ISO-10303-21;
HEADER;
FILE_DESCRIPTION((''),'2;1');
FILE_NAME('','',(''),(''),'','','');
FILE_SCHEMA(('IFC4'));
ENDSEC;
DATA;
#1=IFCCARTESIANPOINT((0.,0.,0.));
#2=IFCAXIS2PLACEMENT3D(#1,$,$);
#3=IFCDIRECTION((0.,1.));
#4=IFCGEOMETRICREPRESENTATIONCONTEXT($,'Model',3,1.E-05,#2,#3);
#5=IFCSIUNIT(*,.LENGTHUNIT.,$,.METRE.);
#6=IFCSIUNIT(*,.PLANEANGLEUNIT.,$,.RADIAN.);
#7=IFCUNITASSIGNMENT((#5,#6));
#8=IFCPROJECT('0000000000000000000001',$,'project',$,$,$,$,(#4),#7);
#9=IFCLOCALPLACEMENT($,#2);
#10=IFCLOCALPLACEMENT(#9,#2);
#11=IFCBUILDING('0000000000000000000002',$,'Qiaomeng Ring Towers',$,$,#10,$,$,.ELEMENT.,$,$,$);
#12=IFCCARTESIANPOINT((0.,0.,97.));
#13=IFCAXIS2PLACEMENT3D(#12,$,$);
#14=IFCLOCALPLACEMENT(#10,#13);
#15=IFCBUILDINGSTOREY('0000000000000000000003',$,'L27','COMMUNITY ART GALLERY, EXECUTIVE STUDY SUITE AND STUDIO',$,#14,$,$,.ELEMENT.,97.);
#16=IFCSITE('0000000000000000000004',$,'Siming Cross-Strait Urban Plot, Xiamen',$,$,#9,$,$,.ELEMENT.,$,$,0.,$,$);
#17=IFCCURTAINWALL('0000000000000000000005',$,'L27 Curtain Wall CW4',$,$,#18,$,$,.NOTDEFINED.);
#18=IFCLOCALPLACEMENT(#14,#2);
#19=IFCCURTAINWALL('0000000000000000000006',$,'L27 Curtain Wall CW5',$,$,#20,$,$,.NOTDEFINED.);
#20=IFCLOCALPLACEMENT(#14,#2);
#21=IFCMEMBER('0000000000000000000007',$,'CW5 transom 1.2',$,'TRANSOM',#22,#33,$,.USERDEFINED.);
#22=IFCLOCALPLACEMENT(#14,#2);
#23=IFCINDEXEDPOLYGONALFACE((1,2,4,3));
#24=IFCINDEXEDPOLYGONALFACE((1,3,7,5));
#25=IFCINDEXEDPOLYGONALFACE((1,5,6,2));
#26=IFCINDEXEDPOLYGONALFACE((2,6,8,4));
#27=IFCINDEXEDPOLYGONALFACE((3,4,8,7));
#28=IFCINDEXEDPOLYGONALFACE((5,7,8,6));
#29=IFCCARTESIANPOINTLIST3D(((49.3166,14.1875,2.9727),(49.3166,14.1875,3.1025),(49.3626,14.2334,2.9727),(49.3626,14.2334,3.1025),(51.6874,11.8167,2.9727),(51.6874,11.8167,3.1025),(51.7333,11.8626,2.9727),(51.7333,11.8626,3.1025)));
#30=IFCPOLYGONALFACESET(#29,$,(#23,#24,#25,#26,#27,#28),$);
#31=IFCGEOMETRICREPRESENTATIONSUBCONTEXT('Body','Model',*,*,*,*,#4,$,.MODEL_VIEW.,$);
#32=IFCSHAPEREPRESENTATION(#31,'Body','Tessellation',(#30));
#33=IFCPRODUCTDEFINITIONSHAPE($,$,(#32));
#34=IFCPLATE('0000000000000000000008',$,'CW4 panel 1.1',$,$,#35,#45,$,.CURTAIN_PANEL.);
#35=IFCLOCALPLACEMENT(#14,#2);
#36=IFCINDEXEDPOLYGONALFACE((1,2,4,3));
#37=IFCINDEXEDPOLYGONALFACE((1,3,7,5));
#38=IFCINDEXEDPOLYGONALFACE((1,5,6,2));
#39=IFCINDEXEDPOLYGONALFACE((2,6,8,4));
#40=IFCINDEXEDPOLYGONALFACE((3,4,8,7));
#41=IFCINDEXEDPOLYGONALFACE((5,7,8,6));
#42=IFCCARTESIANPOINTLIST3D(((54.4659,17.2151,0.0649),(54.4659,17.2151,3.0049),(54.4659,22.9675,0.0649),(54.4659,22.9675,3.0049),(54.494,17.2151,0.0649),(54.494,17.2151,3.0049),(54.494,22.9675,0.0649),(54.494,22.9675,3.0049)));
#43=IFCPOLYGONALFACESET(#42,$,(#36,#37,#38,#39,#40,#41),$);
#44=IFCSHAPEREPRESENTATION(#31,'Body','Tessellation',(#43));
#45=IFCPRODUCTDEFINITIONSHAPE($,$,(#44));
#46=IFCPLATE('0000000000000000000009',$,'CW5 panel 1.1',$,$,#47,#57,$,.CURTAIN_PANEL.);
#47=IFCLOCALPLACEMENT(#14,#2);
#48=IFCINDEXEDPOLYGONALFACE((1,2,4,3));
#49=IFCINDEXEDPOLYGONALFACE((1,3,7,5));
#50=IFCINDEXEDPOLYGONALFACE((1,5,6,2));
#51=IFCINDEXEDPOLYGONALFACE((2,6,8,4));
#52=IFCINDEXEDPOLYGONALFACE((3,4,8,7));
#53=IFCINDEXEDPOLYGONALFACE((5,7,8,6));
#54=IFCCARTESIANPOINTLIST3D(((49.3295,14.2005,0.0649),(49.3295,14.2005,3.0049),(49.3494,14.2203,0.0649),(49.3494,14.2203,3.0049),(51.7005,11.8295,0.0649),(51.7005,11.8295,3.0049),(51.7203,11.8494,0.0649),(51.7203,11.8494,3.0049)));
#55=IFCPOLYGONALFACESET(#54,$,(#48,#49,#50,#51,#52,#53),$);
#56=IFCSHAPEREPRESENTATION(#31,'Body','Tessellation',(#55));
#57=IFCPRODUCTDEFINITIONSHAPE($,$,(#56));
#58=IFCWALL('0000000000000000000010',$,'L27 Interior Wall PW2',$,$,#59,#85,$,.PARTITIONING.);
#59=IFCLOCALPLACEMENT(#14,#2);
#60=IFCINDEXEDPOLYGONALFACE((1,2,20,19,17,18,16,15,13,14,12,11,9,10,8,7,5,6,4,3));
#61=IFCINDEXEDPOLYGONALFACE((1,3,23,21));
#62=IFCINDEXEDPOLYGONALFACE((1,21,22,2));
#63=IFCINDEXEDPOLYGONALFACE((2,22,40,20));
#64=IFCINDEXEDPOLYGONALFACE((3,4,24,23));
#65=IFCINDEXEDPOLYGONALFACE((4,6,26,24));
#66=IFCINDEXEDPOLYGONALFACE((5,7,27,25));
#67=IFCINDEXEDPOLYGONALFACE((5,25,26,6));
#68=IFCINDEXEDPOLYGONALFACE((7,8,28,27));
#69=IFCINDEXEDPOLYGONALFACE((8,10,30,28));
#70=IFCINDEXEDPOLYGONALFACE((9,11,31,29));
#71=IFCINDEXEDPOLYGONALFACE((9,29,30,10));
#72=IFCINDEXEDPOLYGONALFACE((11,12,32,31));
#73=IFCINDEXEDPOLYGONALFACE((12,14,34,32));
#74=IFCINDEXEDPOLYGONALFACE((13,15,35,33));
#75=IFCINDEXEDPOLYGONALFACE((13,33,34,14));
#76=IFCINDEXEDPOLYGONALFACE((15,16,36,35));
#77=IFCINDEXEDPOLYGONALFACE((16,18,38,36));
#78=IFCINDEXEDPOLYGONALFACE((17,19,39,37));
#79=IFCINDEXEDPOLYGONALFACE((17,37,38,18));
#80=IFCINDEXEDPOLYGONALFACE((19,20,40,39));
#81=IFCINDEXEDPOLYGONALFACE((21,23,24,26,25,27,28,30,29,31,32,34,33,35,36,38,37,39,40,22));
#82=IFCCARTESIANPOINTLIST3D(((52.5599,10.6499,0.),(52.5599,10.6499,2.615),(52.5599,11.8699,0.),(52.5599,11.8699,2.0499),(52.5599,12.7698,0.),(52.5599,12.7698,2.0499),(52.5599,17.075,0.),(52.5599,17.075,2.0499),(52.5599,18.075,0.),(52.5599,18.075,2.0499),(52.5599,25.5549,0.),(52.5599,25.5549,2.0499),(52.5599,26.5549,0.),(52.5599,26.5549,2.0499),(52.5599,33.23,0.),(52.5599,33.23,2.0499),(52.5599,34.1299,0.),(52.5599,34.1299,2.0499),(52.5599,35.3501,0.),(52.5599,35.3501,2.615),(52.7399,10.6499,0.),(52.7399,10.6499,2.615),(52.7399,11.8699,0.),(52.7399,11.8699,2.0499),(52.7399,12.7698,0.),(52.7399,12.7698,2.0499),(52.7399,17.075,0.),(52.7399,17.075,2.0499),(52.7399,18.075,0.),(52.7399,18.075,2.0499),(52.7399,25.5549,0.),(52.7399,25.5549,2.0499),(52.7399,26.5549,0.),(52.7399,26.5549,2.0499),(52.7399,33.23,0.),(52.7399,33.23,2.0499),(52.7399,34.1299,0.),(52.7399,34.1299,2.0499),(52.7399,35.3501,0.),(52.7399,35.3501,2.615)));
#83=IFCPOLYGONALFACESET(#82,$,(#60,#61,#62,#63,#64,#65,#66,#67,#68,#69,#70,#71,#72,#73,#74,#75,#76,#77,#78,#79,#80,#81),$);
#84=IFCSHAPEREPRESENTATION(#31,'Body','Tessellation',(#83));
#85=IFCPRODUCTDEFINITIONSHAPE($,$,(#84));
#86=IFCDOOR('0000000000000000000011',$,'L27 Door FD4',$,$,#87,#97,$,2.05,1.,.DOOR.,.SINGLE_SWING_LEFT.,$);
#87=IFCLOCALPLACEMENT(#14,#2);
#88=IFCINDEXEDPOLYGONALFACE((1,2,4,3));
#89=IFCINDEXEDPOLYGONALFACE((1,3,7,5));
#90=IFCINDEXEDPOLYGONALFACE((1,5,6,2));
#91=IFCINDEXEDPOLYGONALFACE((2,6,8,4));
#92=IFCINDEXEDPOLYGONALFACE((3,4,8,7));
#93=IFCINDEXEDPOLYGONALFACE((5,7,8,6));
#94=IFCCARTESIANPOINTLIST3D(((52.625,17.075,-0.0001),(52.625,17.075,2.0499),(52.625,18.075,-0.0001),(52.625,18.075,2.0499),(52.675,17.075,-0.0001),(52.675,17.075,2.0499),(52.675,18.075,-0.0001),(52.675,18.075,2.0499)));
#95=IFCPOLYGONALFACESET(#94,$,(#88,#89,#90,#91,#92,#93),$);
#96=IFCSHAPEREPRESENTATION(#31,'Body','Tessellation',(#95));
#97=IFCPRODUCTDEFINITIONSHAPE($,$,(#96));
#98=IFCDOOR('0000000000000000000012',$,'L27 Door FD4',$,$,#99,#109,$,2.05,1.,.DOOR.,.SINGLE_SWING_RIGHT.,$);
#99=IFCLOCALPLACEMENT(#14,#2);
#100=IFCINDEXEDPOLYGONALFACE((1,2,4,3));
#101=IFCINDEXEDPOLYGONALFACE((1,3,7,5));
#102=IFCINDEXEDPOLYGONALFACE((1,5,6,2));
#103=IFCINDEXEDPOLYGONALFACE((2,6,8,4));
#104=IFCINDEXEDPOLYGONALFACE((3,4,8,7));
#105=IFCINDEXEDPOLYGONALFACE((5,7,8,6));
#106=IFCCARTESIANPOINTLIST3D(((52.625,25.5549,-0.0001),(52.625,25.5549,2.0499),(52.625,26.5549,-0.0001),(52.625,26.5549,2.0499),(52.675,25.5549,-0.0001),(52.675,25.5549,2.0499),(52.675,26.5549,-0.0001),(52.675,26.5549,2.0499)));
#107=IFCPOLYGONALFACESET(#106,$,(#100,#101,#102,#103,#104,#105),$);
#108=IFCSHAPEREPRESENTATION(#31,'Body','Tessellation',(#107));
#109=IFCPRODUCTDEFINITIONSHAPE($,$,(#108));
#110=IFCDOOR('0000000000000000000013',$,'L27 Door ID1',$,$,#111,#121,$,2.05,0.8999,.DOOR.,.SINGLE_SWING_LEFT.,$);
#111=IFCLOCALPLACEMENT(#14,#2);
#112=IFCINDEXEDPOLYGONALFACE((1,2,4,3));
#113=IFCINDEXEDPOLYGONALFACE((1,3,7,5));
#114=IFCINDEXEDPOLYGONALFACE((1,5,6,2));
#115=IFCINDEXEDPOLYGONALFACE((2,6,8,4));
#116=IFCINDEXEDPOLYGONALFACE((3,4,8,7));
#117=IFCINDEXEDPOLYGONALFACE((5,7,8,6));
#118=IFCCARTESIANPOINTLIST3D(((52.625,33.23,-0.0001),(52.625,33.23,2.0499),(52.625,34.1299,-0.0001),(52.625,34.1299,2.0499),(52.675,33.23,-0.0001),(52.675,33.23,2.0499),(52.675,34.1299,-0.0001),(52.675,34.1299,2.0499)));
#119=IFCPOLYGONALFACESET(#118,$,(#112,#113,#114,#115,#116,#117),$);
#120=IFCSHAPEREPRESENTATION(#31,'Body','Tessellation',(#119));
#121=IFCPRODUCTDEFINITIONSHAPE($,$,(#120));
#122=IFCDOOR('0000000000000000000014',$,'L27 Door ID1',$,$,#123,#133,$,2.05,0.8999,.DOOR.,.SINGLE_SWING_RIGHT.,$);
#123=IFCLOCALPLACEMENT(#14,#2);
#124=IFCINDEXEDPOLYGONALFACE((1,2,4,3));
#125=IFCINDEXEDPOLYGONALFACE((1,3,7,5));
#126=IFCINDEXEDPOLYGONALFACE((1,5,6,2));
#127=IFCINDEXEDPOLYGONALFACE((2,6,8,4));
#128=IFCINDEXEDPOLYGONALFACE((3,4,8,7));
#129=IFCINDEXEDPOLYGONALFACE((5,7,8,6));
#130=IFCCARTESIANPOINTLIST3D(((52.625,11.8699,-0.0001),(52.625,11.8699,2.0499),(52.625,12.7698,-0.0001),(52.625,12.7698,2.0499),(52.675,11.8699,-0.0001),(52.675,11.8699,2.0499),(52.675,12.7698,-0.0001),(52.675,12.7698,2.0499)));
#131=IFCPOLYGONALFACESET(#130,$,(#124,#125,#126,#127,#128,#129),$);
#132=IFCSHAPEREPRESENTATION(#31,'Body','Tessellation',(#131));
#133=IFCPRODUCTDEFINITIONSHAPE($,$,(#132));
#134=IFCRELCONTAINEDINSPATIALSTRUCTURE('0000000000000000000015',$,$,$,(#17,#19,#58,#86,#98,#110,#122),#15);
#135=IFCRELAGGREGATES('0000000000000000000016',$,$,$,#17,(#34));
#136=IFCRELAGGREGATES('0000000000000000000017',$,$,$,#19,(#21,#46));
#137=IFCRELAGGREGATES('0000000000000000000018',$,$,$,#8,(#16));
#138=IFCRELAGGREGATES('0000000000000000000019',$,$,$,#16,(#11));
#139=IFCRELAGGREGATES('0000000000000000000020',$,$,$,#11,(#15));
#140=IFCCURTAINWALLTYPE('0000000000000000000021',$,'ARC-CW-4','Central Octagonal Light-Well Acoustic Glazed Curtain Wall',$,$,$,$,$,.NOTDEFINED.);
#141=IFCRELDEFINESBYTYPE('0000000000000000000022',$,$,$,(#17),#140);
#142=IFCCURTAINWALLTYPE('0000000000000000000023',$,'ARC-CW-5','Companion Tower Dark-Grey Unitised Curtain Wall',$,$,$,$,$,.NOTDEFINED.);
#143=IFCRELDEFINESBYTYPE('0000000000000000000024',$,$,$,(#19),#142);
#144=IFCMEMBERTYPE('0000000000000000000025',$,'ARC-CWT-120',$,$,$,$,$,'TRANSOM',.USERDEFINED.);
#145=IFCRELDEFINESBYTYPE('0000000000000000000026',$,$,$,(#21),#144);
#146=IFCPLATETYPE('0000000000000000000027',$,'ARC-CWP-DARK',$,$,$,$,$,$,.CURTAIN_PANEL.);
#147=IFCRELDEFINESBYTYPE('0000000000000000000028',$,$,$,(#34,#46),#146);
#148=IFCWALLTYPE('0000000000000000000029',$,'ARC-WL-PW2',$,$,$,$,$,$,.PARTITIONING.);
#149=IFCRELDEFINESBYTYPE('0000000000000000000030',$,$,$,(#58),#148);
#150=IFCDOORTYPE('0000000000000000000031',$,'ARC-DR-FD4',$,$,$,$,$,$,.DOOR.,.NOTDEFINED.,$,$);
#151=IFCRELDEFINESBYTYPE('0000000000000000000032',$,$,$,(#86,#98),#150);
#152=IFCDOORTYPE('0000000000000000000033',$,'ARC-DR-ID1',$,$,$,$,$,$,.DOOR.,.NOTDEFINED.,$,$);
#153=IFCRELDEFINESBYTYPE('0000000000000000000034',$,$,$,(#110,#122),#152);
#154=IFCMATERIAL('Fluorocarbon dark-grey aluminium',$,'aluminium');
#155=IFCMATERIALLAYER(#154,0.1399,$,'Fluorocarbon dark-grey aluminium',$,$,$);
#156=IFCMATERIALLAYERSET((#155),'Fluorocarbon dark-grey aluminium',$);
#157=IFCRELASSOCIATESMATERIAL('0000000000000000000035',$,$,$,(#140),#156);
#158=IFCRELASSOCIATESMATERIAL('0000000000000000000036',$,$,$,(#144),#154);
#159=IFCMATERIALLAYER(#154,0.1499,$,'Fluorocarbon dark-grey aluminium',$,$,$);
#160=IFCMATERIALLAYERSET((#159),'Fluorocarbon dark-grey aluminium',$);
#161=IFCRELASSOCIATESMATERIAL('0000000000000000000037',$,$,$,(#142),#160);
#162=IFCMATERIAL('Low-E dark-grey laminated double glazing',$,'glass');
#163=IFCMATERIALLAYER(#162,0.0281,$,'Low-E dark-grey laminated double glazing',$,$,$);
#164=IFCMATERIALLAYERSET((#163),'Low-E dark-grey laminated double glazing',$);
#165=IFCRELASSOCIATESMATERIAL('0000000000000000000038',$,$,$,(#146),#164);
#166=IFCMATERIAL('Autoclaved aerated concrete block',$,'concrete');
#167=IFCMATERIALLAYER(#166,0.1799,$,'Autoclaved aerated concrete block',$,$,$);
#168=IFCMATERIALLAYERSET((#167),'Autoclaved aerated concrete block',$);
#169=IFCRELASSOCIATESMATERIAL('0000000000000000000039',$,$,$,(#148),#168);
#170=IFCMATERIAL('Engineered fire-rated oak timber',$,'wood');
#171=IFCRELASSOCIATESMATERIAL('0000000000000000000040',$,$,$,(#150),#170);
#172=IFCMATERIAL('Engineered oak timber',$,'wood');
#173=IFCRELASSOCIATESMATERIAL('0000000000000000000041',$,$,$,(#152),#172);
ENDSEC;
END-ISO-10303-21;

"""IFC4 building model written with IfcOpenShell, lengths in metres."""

from ifc_helpers import new_model, si_unit, direction, frame, frame_2d, origin, origin_2d, place, context, subcontext, project, spatial, rectangle, extrude, source, transform, mapped, material, layer, layer_set, material_profile, profile_set, type_object, element, fill, aggregate, save


model = new_model("IFC4")

# Units and contexts
model_context = context("Model", 3, precision=1e-05, world=origin(), true_north=direction((0.0, 1.0)))
body_context = subcontext(model_context, "Body", "Model", "MODEL_VIEW")
ifc_project = project(units=[si_unit("LENGTHUNIT", "METRE"), si_unit("PLANEANGLEUNIT", "RADIAN")], contexts=[model_context])

# Site, building, storey
site_placement = place(None, origin())
site = spatial("IfcSite", under=ifc_project, at=site_placement, Name="Siming Cross-Strait Urban Plot, Xiamen", CompositionType="ELEMENT", RefElevation=0.0)
building_placement = place(site_placement, origin())
building = spatial("IfcBuilding", under=site, at=building_placement, Name="Qiaomeng Ring Towers", CompositionType="ELEMENT")
storey_placement = place(building_placement, frame((0.0, 0.0, 97.0)))
storey = spatial("IfcBuildingStorey", under=building, at=storey_placement, Name="L27", Description="COMMUNITY ART GALLERY, EXECUTIVE STUDY SUITE AND STUDIO", CompositionType="ELEMENT", Elevation=97.0)

# Curtain walls
ifc_material_1 = material(Name="Fluorocarbon dark-grey aluminium", Category="aluminium")
ifc_layer_1 = layer(ifc_material_1, 0.1399, Name="Fluorocarbon dark-grey aluminium")
ifc_layer_set_1 = layer_set([ifc_layer_1], Name="Fluorocarbon dark-grey aluminium")
curtain_wall_type_1 = type_object("IfcCurtainWallType", Name="ARC-CW-4", Description="Central Octagonal Light-Well Acoustic Glazed Curtain Wall", PredefinedType="NOTDEFINED", material=ifc_layer_set_1)
curtain_wall_1_placement = place(storey_placement, origin())
curtain_wall_1 = element("IfcCurtainWall", 1, at=curtain_wall_1_placement, inside=storey, type_object=curtain_wall_type_1, Name="L27 Curtain Wall CW4", PredefinedType="NOTDEFINED")
ifc_material_profile_1 = material_profile(ifc_material_1, rectangle(XDim=0.0649, YDim=0.1299, at=origin_2d()), Name="ALU TRAN 65x130")
ifc_profile_set_1 = profile_set([ifc_material_profile_1], Name="Fluorocarbon dark-grey aluminium")
member_type_1 = type_object("IfcMemberType", Name="ARC-CWT-120", ElementType="TRANSOM", PredefinedType="USERDEFINED", material=ifc_profile_set_1)
ifc_layer_2 = layer(ifc_material_1, 0.1499, Name="Fluorocarbon dark-grey aluminium")
ifc_layer_set_2 = layer_set([ifc_layer_2], Name="Fluorocarbon dark-grey aluminium")
curtain_wall_type_2 = type_object("IfcCurtainWallType", Name="ARC-CW-5", Description="Companion Tower Dark-Grey Unitised Curtain Wall", PredefinedType="NOTDEFINED", material=ifc_layer_set_2)
curtain_wall_2_placement = place(storey_placement, origin())
curtain_wall_2 = element("IfcCurtainWall", 2, at=curtain_wall_2_placement, inside=storey, type_object=curtain_wall_type_2, Name="L27 Curtain Wall CW5", PredefinedType="NOTDEFINED")

# Member
shared_shape_1 = source(origin(), body_context, "Body", "SweptSolid", [
    extrude(rectangle(XDim=0.0649, YDim=0.1299, at=origin_2d()), origin(), (0.0, 0.0, 1.0), 3.3528),
])
member_1_placement = place(storey_placement, frame((49.3396, 14.2104, 3.0376), z_axis=(0.707107, -0.707107, 0.0), x_axis=(0.707107, 0.707107, 0.0)))
member_1 = element("IfcMember", 3, at=member_1_placement, type_object=member_type_1, Name="CW5 transom 1.2", ObjectType="TRANSOM", PredefinedType="USERDEFINED", context=body_context, shape_type="MappedRepresentation", body=[
    mapped(shared_shape_1, transform((0.0, 0.0, 0.0), x_axis=(1.0, 0.0, 0.0), y_axis=(0.0, 1.0, 0.0), z_axis=(0.0, 0.0, 1.0), scale=1.0)),
])

# Plates
ifc_material_2 = material(Name="Low-E dark-grey laminated double glazing", Category="glass")
ifc_layer_3 = layer(ifc_material_2, 0.0281, Name="Low-E dark-grey laminated double glazing")
ifc_layer_set_3 = layer_set([ifc_layer_3], Name="Low-E dark-grey laminated double glazing")
plate_type = type_object("IfcPlateType", Name="ARC-CWP-DARK", PredefinedType="CURTAIN_PANEL", material=ifc_layer_set_3)
shared_shape_2 = source(origin(), body_context, "Body", "SweptSolid", [
    extrude(rectangle(XDim=5.7524, YDim=0.0281, at=origin_2d()), origin(), (0.0, 0.0, 1.0), 2.9399),
])
plate_1_placement = place(storey_placement, frame((54.48, 20.0913, 0.0649), z_axis=(0.0, 0.0, 1.0), x_axis=(0.0, 1.0, 0.0)))
plate_1 = element("IfcPlate", 4, at=plate_1_placement, type_object=plate_type, Name="CW4 panel 1.1", PredefinedType="CURTAIN_PANEL", context=body_context, shape_type="MappedRepresentation", body=[
    mapped(shared_shape_2, transform((0.0, 0.0, 0.0), x_axis=(1.0, 0.0, 0.0), y_axis=(0.0, 1.0, 0.0), z_axis=(0.0, 0.0, 1.0), scale=1.0)),
])
aggregate(curtain_wall_1, [plate_1])
shared_shape_3 = source(origin(), body_context, "Body", "SweptSolid", [
    extrude(rectangle(XDim=3.353, YDim=0.0281, at=origin_2d()), origin(), (0.0, 0.0, 1.0), 2.9399),
])
plate_2_placement = place(storey_placement, frame((50.5249, 13.0249, 0.0649), z_axis=(0.0, 0.0, 1.0), x_axis=(0.707107, -0.707107, 0.0)))
plate_2 = element("IfcPlate", 5, at=plate_2_placement, type_object=plate_type, Name="CW5 panel 1.1", PredefinedType="CURTAIN_PANEL", context=body_context, shape_type="MappedRepresentation", body=[
    mapped(shared_shape_3, transform((0.0, 0.0, 0.0), x_axis=(1.0, 0.0, 0.0), y_axis=(0.0, 1.0, 0.0), z_axis=(0.0, 0.0, 1.0), scale=1.0)),
])
aggregate(curtain_wall_2, [member_1, plate_2])

# Wall, openings, doors
ifc_material_3 = material(Name="Autoclaved aerated concrete block", Category="concrete")
ifc_layer_4 = layer(ifc_material_3, 0.1799, Name="Autoclaved aerated concrete block")
ifc_layer_set_4 = layer_set([ifc_layer_4], Name="Autoclaved aerated concrete block")
wall_type_1 = type_object("IfcWallType", Name="ARC-WL-PW2", PredefinedType="PARTITIONING", material=ifc_layer_set_4)
wall_1_placement = place(storey_placement, frame((52.6499, 10.6499, 0.0), z_axis=(0.0, 0.0, 1.0), x_axis=(0.0, 1.0, 0.0)))
wall_1 = element("IfcWall", 6, at=wall_1_placement, inside=storey, type_object=wall_type_1, Name="L27 Interior Wall PW2", PredefinedType="PARTITIONING", context=body_context, shape_type="SweptSolid", body=[
    extrude(rectangle(XDim=24.7002, YDim=0.1799, at=frame_2d((12.3501, 0.0))), origin(), (0.0, 0.0, 1.0), 2.615),
])
opening_1_placement = place(wall_1_placement, frame((22.5801, 0.0, 0.0)))
opening_1 = element("IfcOpeningElement", 7, at=opening_1_placement, cuts=wall_1, PredefinedType="OPENING", context=body_context, shape_type="SweptSolid", body=[
    extrude(rectangle(XDim=0.8999, YDim=2.05, at=frame_2d((0.45, 1.0249))), frame((0.0, 0.0999, 0.0), z_axis=(0.0, -1.0, 0.0), x_axis=(1.0, 0.0, 0.0)), (0.0, 0.0, 1.0), 0.2),
])
opening_2_placement = place(wall_1_placement, frame((1.22, 0.0, 0.0)))
opening_2 = element("IfcOpeningElement", 8, at=opening_2_placement, cuts=wall_1, PredefinedType="OPENING", context=body_context, shape_type="SweptSolid", body=[
    extrude(rectangle(XDim=0.8999, YDim=2.05, at=frame_2d((0.45, 1.0249))), frame((0.0, 0.0999, 0.0), z_axis=(0.0, -1.0, 0.0), x_axis=(1.0, 0.0, 0.0)), (0.0, 0.0, 1.0), 0.2),
])
opening_3_placement = place(wall_1_placement, frame((6.425, 0.0, 0.0)))
opening_3 = element("IfcOpeningElement", 9, at=opening_3_placement, cuts=wall_1, PredefinedType="OPENING", context=body_context, shape_type="SweptSolid", body=[
    extrude(rectangle(XDim=1.0, YDim=2.05, at=frame_2d((0.5, 1.0249))), frame((0.0, 0.0999, 0.0), z_axis=(0.0, -1.0, 0.0), x_axis=(1.0, 0.0, 0.0)), (0.0, 0.0, 1.0), 0.2),
])
opening_4_placement = place(wall_1_placement, frame((14.905, 0.0, 0.0)))
opening_4 = element("IfcOpeningElement", 10, at=opening_4_placement, cuts=wall_1, PredefinedType="OPENING", context=body_context, shape_type="SweptSolid", body=[
    extrude(rectangle(XDim=1.0, YDim=2.05, at=frame_2d((0.5, 1.0249))), frame((0.0, 0.0999, 0.0), z_axis=(0.0, -1.0, 0.0), x_axis=(1.0, 0.0, 0.0)), (0.0, 0.0, 1.0), 0.2),
])
ifc_material_4 = material(Name="Engineered fire-rated oak timber", Category="wood")
door_type_1 = type_object("IfcDoorType", Name="ARC-DR-FD4", OperationType="NOTDEFINED", PredefinedType="DOOR", material=ifc_material_4)
shared_shape_4 = source(origin(), body_context, "Body", "SweptSolid", [
    extrude(rectangle(XDim=1.0, YDim=2.05, at=frame_2d((0.5, 1.0249))), frame((0.0, 0.0249, 0.0), z_axis=(0.0, -1.0, 0.0), x_axis=(1.0, 0.0, 0.0)), (0.0, 0.0, 1.0), 0.05),
])
door_1_placement = place(opening_3_placement, origin())
door_1 = element("IfcDoor", 11, at=door_1_placement, inside=storey, type_object=door_type_1, Name="L27 Door FD4", OperationType="SINGLE_SWING_LEFT", OverallHeight=2.05, OverallWidth=1.0, PredefinedType="DOOR", context=body_context, shape_type="MappedRepresentation", body=[
    mapped(shared_shape_4, transform((0.0, 0.0, 0.0), x_axis=(1.0, 0.0, 0.0), y_axis=(0.0, 1.0, 0.0), z_axis=(0.0, 0.0, 1.0), scale=1.0)),
])
fill(opening_3, door_1)
door_2_placement = place(opening_4_placement, origin())
door_2 = element("IfcDoor", 12, at=door_2_placement, inside=storey, type_object=door_type_1, Name="L27 Door FD4", OperationType="SINGLE_SWING_RIGHT", OverallHeight=2.05, OverallWidth=1.0, PredefinedType="DOOR", context=body_context, shape_type="MappedRepresentation", body=[
    mapped(shared_shape_4, transform((0.0, 0.0, 0.0), x_axis=(1.0, 0.0, 0.0), y_axis=(0.0, 1.0, 0.0), z_axis=(0.0, 0.0, 1.0), scale=1.0)),
])
fill(opening_4, door_2)
ifc_material_5 = material(Name="Engineered oak timber", Category="wood")
door_type_2 = type_object("IfcDoorType", Name="ARC-DR-ID1", OperationType="NOTDEFINED", PredefinedType="DOOR", material=ifc_material_5)
shared_shape_5 = source(origin(), body_context, "Body", "SweptSolid", [
    extrude(rectangle(XDim=0.8999, YDim=2.05, at=frame_2d((0.45, 1.0249))), frame((0.0, 0.0249, 0.0), z_axis=(0.0, -1.0, 0.0), x_axis=(1.0, 0.0, 0.0)), (0.0, 0.0, 1.0), 0.05),
])
door_3_placement = place(opening_1_placement, origin())
door_3 = element("IfcDoor", 13, at=door_3_placement, inside=storey, type_object=door_type_2, Name="L27 Door ID1", OperationType="SINGLE_SWING_LEFT", OverallHeight=2.05, OverallWidth=0.8999, PredefinedType="DOOR", context=body_context, shape_type="MappedRepresentation", body=[
    mapped(shared_shape_5, transform((0.0, 0.0, 0.0), x_axis=(1.0, 0.0, 0.0), y_axis=(0.0, 1.0, 0.0), z_axis=(0.0, 0.0, 1.0), scale=1.0)),
])
fill(opening_1, door_3)
door_4_placement = place(opening_2_placement, origin())
door_4 = element("IfcDoor", 14, at=door_4_placement, inside=storey, type_object=door_type_2, Name="L27 Door ID1", OperationType="SINGLE_SWING_RIGHT", OverallHeight=2.05, OverallWidth=0.8999, PredefinedType="DOOR", context=body_context, shape_type="MappedRepresentation", body=[
    mapped(shared_shape_5, transform((0.0, 0.0, 0.0), x_axis=(1.0, 0.0, 0.0), y_axis=(0.0, 1.0, 0.0), z_axis=(0.0, 0.0, 1.0), scale=1.0)),
])
fill(opening_2, door_4)

save(model, "model.ifc")
